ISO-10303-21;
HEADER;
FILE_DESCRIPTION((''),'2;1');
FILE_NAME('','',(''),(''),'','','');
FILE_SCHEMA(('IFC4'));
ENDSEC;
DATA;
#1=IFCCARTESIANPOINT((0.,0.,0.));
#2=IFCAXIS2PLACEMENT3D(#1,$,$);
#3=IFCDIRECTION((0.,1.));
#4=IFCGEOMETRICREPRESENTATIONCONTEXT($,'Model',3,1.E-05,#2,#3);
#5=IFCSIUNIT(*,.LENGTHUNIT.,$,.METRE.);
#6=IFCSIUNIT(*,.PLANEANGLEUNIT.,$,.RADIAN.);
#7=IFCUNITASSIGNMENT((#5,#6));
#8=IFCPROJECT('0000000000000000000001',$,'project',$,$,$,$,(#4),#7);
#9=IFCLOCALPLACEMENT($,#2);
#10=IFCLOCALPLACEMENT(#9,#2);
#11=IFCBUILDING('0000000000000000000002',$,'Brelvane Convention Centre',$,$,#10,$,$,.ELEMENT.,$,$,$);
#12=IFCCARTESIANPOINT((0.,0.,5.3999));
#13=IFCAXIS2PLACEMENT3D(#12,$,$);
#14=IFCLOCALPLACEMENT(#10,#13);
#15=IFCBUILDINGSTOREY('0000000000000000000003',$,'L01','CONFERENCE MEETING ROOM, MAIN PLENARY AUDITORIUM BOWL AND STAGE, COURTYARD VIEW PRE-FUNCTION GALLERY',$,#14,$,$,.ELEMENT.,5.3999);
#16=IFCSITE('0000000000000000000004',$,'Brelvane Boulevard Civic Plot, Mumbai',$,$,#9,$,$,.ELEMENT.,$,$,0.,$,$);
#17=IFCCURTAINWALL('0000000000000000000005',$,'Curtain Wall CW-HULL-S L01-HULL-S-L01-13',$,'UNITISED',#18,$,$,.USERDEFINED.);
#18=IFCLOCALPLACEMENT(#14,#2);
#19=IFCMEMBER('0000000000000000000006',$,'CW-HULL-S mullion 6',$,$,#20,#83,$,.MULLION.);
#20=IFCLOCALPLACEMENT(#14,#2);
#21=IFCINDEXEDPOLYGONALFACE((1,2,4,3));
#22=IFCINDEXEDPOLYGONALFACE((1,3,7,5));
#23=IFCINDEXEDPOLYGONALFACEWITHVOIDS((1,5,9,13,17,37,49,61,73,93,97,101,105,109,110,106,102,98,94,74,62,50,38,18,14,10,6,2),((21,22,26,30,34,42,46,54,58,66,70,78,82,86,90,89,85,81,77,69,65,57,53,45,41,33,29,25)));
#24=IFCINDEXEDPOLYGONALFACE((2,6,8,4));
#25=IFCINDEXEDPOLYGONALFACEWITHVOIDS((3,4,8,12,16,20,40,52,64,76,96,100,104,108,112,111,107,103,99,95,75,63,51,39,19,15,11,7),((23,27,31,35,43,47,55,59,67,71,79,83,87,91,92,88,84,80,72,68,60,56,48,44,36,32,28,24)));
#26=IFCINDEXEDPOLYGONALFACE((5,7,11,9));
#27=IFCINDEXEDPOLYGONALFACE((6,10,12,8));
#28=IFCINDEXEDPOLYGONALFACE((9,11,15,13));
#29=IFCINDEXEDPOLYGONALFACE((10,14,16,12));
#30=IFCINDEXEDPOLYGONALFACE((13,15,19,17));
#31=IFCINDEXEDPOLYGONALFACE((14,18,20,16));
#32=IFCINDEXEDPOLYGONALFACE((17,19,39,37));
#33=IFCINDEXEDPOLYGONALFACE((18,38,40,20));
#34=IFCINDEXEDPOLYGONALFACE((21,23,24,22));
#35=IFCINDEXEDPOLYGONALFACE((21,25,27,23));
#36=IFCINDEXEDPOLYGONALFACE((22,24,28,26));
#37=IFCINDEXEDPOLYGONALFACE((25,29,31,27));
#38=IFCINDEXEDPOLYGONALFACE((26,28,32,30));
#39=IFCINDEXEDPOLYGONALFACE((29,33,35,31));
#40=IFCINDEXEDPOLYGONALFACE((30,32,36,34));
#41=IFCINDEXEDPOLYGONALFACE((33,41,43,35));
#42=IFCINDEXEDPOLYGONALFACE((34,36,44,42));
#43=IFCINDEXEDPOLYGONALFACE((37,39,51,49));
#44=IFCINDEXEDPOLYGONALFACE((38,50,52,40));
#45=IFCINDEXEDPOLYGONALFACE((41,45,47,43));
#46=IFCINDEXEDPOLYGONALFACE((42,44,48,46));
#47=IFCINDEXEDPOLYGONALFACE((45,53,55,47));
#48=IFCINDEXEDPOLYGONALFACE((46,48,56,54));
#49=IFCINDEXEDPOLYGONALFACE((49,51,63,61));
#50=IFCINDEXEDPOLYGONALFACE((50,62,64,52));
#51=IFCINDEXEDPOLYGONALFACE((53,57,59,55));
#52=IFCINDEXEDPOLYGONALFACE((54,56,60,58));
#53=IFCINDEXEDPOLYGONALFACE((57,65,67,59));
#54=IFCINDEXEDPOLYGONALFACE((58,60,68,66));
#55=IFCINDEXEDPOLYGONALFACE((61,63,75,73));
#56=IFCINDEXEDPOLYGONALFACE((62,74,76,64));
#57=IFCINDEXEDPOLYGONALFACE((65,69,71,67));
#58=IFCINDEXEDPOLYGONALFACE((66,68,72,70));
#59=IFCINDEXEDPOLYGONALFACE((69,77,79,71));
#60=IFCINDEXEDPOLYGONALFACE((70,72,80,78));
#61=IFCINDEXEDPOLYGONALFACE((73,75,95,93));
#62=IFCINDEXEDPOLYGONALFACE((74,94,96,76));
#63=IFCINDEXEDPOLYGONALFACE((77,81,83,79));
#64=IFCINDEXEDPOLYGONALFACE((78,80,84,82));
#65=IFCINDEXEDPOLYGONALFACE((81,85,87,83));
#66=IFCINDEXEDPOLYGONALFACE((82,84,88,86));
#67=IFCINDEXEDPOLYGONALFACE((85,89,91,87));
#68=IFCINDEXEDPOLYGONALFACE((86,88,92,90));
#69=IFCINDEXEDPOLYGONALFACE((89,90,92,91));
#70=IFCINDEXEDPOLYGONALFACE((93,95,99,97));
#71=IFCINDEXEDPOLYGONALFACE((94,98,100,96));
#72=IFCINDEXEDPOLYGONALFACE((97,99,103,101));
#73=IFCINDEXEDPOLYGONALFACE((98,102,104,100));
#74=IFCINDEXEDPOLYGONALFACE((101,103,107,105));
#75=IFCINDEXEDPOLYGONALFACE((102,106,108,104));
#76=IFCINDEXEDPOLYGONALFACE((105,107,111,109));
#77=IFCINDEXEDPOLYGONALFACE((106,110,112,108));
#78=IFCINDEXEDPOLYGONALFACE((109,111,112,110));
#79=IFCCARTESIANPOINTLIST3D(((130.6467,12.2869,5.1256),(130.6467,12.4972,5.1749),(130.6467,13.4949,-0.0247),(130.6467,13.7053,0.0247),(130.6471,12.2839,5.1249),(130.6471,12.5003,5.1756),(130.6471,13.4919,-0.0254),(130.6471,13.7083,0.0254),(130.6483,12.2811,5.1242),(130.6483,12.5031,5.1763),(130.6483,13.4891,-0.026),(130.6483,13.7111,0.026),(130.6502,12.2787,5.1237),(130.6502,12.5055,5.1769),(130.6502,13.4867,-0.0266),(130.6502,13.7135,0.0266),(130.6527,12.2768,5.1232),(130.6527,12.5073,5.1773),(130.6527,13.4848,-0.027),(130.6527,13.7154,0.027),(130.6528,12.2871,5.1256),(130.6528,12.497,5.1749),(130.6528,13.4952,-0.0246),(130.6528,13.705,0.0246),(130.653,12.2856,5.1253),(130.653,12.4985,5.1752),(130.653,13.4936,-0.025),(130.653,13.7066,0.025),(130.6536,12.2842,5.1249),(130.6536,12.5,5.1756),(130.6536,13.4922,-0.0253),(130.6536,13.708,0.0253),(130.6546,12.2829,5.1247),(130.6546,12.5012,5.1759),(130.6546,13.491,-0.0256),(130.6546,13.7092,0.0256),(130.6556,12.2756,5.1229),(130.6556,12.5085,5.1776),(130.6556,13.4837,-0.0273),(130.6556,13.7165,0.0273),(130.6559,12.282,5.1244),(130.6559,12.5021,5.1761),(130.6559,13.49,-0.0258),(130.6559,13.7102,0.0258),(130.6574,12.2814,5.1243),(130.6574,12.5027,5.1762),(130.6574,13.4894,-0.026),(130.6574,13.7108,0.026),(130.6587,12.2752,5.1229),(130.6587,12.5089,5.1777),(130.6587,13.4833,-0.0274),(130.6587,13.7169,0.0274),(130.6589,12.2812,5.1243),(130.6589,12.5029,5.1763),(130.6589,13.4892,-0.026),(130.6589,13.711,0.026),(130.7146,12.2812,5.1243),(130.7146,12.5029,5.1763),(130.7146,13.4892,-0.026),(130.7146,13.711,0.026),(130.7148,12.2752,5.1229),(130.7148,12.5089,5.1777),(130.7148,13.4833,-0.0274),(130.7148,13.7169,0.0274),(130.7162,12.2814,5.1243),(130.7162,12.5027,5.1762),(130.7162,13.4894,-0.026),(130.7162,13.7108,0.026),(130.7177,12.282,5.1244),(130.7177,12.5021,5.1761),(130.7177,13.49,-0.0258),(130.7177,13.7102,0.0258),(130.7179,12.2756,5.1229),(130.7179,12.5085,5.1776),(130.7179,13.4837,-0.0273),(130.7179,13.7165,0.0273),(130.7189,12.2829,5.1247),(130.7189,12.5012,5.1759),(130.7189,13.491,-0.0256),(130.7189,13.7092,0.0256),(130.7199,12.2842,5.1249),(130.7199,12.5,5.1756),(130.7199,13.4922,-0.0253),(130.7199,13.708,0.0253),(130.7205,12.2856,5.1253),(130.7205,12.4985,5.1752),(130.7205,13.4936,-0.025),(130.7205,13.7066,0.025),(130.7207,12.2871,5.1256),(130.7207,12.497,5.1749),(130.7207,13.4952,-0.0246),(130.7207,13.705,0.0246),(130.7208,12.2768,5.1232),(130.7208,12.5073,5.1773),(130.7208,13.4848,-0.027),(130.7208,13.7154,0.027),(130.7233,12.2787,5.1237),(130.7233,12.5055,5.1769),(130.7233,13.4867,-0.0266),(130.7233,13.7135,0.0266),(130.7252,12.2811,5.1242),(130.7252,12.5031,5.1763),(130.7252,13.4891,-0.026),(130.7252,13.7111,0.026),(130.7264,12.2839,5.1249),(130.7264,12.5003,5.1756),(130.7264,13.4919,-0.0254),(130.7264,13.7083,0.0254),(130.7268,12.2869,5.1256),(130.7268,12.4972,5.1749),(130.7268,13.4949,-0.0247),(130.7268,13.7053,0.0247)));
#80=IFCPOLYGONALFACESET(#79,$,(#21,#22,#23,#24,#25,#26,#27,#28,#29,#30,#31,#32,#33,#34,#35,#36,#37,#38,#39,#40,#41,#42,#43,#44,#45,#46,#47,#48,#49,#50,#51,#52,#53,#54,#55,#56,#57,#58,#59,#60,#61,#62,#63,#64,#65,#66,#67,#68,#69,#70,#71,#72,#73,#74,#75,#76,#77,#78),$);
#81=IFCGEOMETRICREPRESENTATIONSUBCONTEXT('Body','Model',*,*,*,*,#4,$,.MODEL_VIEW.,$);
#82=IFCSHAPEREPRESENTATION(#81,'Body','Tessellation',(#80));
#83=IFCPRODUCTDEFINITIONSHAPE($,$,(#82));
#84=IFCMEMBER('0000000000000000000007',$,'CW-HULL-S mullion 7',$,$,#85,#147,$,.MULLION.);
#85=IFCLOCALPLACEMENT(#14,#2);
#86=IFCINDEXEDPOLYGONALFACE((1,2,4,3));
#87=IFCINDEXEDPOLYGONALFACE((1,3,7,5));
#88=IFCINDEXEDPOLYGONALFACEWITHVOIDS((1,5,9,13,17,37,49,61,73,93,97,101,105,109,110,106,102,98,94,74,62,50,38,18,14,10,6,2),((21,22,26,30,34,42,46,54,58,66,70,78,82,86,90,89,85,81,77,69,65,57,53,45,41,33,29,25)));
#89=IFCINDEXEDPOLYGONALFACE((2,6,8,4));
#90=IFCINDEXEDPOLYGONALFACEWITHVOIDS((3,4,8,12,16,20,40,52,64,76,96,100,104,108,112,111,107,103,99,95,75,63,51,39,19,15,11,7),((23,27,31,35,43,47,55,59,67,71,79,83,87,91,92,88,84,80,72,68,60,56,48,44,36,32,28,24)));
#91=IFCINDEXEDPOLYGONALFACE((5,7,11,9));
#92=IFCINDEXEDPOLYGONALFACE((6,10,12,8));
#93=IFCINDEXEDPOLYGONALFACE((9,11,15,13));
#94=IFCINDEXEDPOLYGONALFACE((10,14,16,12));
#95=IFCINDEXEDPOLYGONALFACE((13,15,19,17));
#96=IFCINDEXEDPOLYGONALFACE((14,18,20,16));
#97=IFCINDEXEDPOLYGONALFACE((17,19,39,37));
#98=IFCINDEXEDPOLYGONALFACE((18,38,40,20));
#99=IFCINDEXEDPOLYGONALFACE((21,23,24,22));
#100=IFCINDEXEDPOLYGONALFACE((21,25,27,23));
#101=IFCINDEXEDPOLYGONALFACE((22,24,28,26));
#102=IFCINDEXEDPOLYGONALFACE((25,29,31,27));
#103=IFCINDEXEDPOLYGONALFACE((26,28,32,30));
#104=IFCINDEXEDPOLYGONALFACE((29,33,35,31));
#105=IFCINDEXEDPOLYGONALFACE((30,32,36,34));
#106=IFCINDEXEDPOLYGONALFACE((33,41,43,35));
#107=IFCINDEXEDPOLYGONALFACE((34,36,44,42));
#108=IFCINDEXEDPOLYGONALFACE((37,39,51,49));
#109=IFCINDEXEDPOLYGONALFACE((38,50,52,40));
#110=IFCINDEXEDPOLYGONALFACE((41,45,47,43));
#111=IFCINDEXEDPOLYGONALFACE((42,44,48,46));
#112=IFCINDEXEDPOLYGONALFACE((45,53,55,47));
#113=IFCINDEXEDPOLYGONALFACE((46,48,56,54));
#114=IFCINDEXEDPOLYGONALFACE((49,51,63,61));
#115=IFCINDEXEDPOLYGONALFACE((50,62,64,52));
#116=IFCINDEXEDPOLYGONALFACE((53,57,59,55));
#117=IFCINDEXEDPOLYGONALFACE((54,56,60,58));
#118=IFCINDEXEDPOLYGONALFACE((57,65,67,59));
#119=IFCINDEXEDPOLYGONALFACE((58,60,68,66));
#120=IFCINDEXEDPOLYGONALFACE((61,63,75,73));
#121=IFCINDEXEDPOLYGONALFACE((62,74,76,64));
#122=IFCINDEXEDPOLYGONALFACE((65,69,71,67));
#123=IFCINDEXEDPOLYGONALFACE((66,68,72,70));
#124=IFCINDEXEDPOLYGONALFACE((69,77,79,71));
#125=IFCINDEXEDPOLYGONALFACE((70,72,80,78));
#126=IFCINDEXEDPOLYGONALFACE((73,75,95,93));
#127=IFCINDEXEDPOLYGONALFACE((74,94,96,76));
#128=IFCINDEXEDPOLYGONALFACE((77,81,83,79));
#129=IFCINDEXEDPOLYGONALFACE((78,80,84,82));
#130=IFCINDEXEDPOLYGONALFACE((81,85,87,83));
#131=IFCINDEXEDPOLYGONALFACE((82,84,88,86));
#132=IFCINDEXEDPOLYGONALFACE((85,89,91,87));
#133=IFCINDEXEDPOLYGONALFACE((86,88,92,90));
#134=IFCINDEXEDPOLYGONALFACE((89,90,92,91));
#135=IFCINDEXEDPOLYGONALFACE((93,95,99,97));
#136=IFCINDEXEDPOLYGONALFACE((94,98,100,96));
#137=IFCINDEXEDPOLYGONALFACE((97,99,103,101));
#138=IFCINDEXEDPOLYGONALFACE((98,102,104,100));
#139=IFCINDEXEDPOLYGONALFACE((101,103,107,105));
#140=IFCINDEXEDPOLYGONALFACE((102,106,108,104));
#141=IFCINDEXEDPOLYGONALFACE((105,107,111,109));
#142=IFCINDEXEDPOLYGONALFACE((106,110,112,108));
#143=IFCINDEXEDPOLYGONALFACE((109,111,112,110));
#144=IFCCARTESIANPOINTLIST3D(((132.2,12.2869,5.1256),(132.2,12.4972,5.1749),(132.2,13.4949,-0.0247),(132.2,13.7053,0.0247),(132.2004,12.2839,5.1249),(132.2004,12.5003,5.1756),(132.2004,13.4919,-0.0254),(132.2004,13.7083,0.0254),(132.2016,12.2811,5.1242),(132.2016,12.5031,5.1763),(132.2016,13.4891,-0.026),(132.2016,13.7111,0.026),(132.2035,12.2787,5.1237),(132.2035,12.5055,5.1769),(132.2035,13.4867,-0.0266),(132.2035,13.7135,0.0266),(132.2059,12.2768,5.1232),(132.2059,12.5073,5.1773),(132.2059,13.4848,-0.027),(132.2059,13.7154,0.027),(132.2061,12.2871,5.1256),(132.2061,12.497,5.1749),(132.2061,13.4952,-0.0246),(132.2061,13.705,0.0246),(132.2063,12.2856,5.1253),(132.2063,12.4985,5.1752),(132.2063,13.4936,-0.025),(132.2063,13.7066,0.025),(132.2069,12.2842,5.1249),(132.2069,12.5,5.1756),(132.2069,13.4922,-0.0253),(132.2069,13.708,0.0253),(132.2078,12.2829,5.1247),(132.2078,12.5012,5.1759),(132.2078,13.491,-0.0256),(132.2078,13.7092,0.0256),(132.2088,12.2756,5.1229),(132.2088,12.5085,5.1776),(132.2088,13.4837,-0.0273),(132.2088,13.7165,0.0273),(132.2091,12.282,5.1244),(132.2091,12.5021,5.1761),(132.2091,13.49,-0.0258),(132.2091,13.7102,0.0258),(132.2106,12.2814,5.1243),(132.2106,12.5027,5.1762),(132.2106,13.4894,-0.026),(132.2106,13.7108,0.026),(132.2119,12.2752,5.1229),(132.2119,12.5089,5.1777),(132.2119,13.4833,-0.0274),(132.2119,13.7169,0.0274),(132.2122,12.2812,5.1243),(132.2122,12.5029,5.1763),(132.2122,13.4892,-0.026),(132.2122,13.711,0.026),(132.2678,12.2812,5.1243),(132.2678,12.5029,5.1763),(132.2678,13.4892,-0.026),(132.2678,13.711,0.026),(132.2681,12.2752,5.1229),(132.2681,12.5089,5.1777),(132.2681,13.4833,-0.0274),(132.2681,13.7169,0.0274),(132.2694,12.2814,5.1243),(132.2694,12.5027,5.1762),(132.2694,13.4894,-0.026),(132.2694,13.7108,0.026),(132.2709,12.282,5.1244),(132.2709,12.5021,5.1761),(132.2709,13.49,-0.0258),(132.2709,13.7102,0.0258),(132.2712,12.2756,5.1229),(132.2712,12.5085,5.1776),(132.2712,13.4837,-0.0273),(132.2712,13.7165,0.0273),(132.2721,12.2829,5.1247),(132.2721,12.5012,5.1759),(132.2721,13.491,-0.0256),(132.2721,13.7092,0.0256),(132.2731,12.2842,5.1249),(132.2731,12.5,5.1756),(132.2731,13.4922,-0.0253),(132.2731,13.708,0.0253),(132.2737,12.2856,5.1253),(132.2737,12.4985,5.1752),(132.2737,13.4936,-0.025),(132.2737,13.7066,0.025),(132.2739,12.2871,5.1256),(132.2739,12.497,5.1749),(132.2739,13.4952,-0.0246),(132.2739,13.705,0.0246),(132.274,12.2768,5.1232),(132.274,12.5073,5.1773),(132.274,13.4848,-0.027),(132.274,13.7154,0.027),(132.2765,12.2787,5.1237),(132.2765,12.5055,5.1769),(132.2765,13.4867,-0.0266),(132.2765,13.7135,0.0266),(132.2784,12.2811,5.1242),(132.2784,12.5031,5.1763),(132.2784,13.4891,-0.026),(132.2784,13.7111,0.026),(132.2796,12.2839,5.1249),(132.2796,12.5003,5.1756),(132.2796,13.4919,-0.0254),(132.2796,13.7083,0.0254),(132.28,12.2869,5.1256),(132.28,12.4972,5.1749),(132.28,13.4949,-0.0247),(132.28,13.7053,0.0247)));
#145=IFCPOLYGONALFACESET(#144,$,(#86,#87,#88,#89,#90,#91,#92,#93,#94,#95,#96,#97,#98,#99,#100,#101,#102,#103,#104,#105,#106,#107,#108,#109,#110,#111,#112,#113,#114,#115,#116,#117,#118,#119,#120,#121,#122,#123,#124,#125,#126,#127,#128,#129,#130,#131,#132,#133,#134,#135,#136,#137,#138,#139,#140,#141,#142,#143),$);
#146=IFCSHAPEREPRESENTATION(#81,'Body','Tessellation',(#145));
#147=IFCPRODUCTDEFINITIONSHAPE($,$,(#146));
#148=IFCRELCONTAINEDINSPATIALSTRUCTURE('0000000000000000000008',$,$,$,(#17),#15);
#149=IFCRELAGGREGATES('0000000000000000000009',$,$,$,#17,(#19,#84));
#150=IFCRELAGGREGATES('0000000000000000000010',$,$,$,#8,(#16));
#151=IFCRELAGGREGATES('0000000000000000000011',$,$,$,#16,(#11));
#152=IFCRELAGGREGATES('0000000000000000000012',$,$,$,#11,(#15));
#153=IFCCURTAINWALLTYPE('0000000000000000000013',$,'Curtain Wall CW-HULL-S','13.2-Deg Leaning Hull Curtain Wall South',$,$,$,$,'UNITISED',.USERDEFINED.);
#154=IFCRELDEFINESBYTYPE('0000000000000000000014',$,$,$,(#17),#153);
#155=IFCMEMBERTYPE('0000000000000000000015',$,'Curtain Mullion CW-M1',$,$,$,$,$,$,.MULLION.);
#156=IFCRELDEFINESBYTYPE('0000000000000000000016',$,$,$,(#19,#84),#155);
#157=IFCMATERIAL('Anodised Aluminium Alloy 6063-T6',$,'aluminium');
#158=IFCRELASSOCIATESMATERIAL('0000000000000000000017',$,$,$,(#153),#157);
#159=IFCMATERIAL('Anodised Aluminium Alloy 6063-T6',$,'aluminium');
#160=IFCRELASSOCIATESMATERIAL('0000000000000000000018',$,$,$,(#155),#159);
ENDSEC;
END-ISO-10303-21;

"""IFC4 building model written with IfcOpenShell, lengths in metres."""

from ifc_helpers import new_model, si_unit, direction, frame, origin, origin_2d, place, context, subcontext, project, spatial, hollow_rectangle, extrude, material, material_profile, profile_set, type_object, element, aggregate, save


model = new_model("IFC4")

# Units and contexts
model_context = context("Model", 3, precision=1e-05, world=origin(), true_north=direction((0.0, 1.0)))
body_context = subcontext(model_context, "Body", "Model", "MODEL_VIEW")
ifc_project = project(units=[si_unit("LENGTHUNIT", "METRE"), si_unit("PLANEANGLEUNIT", "RADIAN")], contexts=[model_context])

# Site, building, storey
site_placement = place(None, origin())
site = spatial("IfcSite", under=ifc_project, at=site_placement, Name="Brelvane Boulevard Civic Plot, Mumbai", CompositionType="ELEMENT", RefElevation=0.0)
building_placement = place(site_placement, origin())
building = spatial("IfcBuilding", under=site, at=building_placement, Name="Brelvane Convention Centre", CompositionType="ELEMENT")
storey_placement = place(building_placement, frame((0.0, 0.0, 5.3999)))
storey = spatial("IfcBuildingStorey", under=building, at=storey_placement, Name="L01", Description="CONFERENCE MEETING ROOM, MAIN PLENARY AUDITORIUM BOWL AND STAGE, COURTYARD VIEW PRE-FUNCTION GALLERY", CompositionType="ELEMENT", Elevation=5.3999)

# Curtain wall, members
ifc_material_1 = material(Name="Anodised Aluminium Alloy 6063-T6", Category="aluminium")
curtain_wall_type = type_object("IfcCurtainWallType", Name="Curtain Wall CW-HULL-S", Description="13.2-Deg Leaning Hull Curtain Wall South", ElementType="UNITISED", PredefinedType="USERDEFINED", material=ifc_material_1)
curtain_wall_1_placement = place(storey_placement, origin())
curtain_wall_1 = element("IfcCurtainWall", 1, at=curtain_wall_1_placement, inside=storey, type_object=curtain_wall_type, Name="Curtain Wall CW-HULL-S L01-HULL-S-L01-13", ObjectType="UNITISED", PredefinedType="USERDEFINED")
ifc_material_2 = material(Name="Anodised Aluminium Alloy 6063-T6", Category="aluminium")
ifc_material_profile_1 = material_profile(ifc_material_2, hollow_rectangle(XDim=0.0801, YDim=0.24, WallThickness=0.0061, InnerFilletRadius=0.0061, OuterFilletRadius=0.012, at=origin_2d()), Name="ALU-M 240x80x6.0")
ifc_profile_set_1 = profile_set([ifc_material_profile_1], Name="Anodised Aluminium Alloy 6063-T6")
member_type_1 = type_object("IfcMemberType", Name="Curtain Mullion CW-M1", PredefinedType="MULLION", material=ifc_profile_set_1)
member_1_placement = place(storey_placement, frame((130.6868, 13.6001, 0.0), z_axis=(0.0, -0.22836, 0.973577), x_axis=(1.0, 0.0, 0.0)))
member_1 = element("IfcMember", 2, at=member_1_placement, type_object=member_type_1, Name="CW-HULL-S mullion 6", PredefinedType="MULLION", context=body_context, shape_type="SweptSolid", body=[
    extrude(hollow_rectangle(XDim=0.0801, YDim=0.24, WallThickness=0.0061, InnerFilletRadius=0.0061, OuterFilletRadius=0.012, at=origin_2d()), origin(), (0.0, 0.0, 1.0), 5.29),
])
member_2_placement = place(storey_placement, frame((132.24, 13.6001, 0.0), z_axis=(0.0, -0.22836, 0.973577), x_axis=(1.0, 0.0, 0.0)))
member_2 = element("IfcMember", 3, at=member_2_placement, type_object=member_type_1, Name="CW-HULL-S mullion 7", PredefinedType="MULLION", context=body_context, shape_type="SweptSolid", body=[
    extrude(hollow_rectangle(XDim=0.0801, YDim=0.24, WallThickness=0.0061, InnerFilletRadius=0.0061, OuterFilletRadius=0.012, at=origin_2d()), origin(), (0.0, 0.0, 1.0), 5.29),
])

aggregate(curtain_wall_1, [member_1, member_2])

save(model, "model.ifc")
